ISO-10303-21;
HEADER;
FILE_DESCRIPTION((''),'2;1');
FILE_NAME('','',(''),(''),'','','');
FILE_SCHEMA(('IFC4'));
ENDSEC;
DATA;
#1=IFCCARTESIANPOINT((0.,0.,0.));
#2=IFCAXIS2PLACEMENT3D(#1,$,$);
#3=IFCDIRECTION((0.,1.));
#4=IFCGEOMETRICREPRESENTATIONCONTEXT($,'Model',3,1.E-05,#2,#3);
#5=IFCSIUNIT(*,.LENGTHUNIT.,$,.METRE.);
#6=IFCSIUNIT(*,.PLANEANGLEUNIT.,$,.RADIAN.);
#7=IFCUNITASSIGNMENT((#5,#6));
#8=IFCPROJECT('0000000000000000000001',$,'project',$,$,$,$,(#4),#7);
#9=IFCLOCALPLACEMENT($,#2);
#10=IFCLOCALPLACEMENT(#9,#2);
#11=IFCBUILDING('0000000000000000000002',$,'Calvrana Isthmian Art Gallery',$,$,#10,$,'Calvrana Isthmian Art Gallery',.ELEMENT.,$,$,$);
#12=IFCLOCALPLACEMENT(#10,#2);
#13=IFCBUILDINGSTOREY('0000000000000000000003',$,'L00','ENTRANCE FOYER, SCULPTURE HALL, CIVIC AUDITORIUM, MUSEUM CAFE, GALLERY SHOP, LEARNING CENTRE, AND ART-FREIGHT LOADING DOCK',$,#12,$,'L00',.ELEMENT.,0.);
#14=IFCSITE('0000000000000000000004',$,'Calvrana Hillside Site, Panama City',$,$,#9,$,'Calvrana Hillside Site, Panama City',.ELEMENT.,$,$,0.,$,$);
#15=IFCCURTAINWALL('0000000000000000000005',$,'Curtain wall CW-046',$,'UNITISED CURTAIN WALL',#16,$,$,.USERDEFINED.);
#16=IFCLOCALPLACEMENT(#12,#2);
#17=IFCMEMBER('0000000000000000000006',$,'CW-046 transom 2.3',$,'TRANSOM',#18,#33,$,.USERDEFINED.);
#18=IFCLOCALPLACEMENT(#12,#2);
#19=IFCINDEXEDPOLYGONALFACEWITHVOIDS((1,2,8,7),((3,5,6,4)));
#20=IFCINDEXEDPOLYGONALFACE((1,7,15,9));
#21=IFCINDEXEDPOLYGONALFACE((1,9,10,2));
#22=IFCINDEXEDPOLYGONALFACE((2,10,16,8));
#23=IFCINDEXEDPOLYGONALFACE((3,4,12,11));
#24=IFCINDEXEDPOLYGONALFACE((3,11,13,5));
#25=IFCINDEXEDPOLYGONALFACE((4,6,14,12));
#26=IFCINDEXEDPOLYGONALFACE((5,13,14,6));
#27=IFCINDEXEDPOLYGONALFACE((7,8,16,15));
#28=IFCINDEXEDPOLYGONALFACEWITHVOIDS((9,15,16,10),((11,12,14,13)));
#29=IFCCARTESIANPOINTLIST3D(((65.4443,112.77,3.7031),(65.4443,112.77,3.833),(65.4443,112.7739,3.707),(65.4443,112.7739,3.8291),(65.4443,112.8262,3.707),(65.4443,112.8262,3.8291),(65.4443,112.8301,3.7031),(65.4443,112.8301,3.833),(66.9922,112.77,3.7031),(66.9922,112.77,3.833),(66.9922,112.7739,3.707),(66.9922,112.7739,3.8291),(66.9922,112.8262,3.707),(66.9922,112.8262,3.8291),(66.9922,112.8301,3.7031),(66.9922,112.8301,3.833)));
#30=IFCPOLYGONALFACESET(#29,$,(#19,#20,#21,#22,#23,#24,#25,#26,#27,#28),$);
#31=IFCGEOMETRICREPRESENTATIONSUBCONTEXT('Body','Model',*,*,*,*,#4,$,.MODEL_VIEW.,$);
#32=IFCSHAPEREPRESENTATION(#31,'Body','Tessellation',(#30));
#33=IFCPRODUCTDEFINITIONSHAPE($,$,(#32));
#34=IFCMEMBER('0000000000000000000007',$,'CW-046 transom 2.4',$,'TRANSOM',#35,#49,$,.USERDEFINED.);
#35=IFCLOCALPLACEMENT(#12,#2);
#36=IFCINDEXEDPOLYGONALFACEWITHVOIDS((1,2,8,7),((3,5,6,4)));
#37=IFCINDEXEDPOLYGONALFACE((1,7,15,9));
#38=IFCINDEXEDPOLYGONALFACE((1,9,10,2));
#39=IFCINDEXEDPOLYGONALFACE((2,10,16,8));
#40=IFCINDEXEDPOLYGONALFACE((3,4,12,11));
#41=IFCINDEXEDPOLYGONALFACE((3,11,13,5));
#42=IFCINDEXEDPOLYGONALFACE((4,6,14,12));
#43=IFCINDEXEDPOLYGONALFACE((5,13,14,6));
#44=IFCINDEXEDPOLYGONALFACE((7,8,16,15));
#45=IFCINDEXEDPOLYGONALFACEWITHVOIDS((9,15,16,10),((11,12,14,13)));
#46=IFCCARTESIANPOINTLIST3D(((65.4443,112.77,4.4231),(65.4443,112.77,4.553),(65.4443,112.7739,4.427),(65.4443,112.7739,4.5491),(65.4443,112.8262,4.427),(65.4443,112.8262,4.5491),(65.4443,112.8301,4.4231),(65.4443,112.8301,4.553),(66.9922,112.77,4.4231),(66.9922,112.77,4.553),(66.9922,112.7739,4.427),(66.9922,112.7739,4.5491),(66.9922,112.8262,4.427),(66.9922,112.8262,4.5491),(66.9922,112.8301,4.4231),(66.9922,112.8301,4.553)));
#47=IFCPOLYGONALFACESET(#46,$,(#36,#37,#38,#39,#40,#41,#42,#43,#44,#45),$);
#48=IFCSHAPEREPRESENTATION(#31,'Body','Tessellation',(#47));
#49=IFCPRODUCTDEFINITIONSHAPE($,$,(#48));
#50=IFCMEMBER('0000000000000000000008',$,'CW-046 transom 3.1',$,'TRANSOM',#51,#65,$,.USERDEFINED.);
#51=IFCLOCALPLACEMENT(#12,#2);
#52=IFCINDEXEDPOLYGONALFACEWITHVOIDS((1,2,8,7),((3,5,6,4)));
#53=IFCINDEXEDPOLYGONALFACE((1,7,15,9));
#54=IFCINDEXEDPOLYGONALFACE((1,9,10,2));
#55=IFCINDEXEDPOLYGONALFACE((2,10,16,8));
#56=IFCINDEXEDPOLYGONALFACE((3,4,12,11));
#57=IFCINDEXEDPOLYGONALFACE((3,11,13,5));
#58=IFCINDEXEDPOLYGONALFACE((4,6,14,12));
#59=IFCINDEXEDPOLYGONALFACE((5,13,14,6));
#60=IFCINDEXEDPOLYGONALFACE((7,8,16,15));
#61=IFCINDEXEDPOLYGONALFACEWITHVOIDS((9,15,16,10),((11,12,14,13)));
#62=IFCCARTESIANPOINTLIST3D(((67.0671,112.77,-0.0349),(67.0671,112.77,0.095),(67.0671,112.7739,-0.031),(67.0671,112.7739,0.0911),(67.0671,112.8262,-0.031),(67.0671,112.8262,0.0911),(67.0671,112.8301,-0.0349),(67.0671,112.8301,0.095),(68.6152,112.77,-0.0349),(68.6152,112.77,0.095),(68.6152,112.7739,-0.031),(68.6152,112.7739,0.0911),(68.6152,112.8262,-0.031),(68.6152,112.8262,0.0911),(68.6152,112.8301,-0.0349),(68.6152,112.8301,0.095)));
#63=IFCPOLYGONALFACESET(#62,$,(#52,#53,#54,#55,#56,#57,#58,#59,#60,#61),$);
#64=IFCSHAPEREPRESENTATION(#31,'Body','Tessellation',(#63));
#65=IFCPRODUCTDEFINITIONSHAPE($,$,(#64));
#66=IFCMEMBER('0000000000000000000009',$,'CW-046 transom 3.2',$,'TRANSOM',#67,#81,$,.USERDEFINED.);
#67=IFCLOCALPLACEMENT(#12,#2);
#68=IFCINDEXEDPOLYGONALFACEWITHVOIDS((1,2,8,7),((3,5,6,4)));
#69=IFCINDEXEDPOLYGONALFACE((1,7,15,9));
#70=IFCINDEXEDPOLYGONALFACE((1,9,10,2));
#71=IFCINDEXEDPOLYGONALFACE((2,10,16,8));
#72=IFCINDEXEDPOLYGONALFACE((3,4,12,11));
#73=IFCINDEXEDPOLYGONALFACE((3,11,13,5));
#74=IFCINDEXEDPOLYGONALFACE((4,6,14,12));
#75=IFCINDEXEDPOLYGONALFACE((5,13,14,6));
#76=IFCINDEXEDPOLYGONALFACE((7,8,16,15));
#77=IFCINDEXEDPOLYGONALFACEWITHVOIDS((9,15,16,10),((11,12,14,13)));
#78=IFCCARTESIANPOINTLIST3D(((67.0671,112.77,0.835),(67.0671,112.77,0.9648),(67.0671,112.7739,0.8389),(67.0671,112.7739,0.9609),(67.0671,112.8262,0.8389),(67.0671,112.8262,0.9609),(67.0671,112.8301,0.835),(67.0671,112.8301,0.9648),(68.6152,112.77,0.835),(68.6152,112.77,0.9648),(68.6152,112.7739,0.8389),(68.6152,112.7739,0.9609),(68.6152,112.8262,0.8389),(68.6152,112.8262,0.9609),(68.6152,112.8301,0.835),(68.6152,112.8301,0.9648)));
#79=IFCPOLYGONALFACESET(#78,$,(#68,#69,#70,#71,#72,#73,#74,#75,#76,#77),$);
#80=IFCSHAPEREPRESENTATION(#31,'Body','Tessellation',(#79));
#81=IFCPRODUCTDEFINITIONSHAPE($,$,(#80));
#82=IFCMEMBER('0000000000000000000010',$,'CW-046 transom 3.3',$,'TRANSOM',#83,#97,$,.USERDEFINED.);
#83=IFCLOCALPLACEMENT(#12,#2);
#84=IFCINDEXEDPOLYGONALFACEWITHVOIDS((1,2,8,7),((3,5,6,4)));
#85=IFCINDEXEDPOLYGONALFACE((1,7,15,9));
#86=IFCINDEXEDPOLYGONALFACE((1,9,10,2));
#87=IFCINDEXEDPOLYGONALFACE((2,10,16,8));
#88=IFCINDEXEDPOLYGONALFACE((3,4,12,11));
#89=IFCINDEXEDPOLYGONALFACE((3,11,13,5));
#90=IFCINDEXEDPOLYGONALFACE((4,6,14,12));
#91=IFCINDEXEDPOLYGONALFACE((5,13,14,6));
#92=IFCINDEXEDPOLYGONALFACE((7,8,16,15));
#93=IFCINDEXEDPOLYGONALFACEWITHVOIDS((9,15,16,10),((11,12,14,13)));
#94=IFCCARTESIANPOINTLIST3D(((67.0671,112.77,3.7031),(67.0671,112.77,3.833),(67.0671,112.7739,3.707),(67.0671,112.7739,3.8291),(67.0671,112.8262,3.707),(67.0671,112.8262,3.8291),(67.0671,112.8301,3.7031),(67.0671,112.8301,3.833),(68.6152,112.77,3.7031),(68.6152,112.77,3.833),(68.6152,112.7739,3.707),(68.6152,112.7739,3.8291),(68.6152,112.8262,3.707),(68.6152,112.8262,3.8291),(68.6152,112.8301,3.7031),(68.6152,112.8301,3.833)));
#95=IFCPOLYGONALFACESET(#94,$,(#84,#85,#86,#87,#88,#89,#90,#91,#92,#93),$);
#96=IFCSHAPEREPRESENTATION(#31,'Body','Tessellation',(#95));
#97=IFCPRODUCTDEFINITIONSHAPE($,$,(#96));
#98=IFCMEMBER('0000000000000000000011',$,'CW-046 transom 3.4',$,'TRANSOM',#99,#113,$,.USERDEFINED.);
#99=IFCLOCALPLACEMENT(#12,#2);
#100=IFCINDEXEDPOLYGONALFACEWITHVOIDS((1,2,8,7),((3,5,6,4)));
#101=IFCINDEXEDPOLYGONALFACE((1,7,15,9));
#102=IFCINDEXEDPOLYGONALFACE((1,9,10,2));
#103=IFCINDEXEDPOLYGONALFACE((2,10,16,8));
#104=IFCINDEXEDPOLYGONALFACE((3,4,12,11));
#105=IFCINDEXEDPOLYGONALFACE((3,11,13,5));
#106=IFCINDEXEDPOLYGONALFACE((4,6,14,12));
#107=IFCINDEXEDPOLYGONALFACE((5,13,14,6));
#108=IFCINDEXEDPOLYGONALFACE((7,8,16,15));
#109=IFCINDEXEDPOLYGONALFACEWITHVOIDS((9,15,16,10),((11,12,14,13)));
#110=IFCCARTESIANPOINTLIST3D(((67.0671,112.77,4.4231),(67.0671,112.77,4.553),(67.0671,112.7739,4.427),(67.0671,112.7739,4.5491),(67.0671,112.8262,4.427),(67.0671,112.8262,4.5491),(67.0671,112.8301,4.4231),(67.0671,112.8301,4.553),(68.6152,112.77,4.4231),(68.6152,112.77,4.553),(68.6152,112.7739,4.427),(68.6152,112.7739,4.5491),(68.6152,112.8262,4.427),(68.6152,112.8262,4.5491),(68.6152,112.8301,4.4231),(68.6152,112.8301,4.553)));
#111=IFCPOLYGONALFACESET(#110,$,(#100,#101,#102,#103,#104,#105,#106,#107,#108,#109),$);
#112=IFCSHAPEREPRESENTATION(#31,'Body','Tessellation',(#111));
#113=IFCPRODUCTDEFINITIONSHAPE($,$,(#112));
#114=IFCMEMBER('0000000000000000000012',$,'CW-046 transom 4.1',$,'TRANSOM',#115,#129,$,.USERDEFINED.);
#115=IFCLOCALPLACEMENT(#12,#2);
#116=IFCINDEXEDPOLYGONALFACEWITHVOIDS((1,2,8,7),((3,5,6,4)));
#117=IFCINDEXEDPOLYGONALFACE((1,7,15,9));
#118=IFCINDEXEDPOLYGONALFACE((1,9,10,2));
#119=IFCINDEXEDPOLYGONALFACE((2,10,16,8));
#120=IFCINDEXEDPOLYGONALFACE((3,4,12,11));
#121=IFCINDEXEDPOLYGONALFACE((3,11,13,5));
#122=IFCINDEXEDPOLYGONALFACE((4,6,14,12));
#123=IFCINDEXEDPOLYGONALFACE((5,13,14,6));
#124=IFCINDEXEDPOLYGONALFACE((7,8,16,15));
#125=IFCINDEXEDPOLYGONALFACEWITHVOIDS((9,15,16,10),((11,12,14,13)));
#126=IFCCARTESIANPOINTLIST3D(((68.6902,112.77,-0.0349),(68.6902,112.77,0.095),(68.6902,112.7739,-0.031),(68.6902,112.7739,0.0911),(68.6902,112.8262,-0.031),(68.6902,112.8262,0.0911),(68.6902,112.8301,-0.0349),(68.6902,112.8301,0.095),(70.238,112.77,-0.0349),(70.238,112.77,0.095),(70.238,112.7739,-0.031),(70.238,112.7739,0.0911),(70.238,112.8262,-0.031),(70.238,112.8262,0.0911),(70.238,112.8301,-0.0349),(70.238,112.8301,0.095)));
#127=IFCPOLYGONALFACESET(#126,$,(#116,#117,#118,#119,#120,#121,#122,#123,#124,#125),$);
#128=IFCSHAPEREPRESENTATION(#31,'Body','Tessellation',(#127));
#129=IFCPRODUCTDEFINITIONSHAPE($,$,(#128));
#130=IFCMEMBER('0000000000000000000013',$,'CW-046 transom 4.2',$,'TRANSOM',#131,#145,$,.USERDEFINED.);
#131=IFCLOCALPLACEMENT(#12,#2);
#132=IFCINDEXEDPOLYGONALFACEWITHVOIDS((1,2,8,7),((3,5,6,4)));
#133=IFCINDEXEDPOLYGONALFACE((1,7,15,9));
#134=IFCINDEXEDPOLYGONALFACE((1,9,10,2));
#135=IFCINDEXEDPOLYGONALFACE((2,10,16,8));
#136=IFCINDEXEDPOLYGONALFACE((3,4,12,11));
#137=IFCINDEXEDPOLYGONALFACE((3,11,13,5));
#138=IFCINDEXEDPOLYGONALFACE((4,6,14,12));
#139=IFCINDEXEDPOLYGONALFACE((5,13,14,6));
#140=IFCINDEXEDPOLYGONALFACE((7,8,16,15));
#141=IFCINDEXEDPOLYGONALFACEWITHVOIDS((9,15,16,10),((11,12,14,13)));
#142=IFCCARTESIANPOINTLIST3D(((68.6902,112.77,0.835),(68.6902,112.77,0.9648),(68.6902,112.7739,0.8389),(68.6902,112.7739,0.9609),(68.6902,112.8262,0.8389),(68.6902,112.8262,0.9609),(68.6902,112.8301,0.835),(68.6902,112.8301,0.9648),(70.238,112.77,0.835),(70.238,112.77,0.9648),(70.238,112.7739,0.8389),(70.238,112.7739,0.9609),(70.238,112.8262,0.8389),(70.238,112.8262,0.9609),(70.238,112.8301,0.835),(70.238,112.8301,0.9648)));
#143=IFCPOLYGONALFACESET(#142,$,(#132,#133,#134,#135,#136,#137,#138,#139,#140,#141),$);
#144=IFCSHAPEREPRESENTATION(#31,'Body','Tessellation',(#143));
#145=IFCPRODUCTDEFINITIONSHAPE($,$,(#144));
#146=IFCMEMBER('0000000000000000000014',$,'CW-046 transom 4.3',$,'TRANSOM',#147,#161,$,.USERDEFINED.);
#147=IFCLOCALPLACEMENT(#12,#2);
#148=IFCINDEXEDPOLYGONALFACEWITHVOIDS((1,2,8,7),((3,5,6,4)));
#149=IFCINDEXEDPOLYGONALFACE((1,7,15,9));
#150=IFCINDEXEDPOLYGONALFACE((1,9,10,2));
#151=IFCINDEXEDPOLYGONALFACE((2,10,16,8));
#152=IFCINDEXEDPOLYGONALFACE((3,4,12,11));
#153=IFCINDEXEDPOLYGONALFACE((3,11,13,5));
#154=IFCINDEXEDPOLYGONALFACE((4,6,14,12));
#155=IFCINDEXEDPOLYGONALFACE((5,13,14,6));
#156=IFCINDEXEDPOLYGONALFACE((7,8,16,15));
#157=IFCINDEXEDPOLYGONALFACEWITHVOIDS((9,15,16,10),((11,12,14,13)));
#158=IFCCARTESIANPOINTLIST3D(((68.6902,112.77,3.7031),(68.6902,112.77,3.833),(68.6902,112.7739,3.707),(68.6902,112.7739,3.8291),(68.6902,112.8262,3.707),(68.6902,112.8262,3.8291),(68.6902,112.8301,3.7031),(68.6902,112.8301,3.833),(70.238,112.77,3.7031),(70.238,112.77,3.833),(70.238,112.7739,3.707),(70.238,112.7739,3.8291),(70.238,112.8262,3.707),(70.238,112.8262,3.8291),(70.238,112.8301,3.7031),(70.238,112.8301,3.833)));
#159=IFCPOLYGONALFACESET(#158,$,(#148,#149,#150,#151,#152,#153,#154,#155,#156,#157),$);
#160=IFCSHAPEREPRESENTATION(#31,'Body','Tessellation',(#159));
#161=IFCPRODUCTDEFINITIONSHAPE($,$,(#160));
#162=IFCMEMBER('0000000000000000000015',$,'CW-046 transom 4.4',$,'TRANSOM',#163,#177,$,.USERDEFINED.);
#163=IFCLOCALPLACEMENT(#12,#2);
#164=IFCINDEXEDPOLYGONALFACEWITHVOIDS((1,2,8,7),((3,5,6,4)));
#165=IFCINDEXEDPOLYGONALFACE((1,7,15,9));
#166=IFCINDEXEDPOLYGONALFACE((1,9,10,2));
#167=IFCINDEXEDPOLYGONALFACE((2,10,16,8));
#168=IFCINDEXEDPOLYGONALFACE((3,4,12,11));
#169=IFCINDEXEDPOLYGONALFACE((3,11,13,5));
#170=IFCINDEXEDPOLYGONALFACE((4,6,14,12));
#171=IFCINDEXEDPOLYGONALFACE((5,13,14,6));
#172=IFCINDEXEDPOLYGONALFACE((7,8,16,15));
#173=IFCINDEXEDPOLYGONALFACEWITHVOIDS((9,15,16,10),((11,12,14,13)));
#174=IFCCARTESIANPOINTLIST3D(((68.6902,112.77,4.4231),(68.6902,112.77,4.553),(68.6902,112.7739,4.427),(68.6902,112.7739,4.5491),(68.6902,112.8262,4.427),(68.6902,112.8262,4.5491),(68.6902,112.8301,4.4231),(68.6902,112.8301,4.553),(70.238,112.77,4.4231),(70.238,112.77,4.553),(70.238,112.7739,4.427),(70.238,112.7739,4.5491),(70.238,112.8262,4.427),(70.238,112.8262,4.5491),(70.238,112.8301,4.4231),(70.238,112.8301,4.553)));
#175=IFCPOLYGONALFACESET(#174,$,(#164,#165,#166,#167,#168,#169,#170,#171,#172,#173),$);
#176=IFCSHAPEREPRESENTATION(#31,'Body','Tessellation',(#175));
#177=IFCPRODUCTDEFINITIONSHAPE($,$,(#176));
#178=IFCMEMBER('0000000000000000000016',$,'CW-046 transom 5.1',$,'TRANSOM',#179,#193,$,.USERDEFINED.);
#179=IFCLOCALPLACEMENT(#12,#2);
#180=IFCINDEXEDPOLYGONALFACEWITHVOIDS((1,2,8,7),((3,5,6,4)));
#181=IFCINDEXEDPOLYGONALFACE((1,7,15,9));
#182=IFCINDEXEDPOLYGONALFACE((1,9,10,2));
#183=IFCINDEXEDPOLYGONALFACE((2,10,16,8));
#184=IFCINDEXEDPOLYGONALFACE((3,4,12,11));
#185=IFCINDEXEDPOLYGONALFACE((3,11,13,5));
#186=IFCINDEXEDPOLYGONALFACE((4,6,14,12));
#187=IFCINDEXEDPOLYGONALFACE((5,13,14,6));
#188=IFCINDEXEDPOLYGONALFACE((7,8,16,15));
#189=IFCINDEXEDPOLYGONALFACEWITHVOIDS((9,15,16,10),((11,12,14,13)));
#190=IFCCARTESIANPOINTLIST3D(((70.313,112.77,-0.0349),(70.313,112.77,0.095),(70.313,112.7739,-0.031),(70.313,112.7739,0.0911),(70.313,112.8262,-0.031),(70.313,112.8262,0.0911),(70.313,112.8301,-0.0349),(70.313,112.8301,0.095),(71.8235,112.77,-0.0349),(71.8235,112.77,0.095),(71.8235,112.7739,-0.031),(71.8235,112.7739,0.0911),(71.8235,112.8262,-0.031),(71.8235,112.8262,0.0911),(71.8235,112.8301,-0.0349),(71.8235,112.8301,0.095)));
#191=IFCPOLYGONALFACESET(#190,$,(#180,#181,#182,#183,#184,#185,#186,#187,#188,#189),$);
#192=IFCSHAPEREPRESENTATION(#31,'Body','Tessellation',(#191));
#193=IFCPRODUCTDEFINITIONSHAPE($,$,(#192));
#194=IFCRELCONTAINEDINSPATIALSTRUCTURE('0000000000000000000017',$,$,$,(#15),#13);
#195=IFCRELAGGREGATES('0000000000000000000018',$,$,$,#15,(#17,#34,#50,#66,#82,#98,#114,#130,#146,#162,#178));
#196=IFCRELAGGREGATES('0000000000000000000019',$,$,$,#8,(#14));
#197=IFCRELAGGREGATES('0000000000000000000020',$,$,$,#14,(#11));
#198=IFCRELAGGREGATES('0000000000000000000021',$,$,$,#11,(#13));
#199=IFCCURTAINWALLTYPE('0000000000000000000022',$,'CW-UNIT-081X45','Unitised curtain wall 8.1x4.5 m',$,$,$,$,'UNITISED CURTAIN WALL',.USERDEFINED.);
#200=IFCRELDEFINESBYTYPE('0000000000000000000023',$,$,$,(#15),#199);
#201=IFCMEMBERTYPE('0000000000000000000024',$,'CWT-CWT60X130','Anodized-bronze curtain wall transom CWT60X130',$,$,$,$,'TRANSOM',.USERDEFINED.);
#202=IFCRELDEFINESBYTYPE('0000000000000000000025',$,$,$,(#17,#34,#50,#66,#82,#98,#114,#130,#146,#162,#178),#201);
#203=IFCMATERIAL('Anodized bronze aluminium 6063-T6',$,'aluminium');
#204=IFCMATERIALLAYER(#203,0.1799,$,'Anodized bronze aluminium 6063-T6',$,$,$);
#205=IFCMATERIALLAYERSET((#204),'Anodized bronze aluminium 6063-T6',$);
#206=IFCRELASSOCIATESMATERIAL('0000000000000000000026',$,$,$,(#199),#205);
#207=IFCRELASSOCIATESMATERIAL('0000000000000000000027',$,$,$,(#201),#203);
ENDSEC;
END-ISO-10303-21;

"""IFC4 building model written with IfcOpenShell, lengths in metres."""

from ifc_helpers import new_model, si_unit, direction, frame, origin, origin_2d, place, context, subcontext, project, spatial, hollow_rectangle, extrude, material, layer, layer_set, material_profile, profile_set, type_object, element, aggregate, save


model = new_model("IFC4")

# Units and contexts
model_context = context("Model", 3, precision=1e-05, world=origin(), true_north=direction((0.0, 1.0)))
body_context = subcontext(model_context, "Body", "Model", "MODEL_VIEW")
ifc_project = project(units=[si_unit("LENGTHUNIT", "METRE"), si_unit("PLANEANGLEUNIT", "RADIAN")], contexts=[model_context])

# Site, building, storey
site_placement = place(None, origin())
site = spatial("IfcSite", under=ifc_project, at=site_placement, Name="Calvrana Hillside Site, Panama City", LongName="Calvrana Hillside Site, Panama City", CompositionType="ELEMENT", RefElevation=0.0)
building_placement = place(site_placement, origin())
building = spatial("IfcBuilding", under=site, at=building_placement, Name="Calvrana Isthmian Art Gallery", LongName="Calvrana Isthmian Art Gallery", CompositionType="ELEMENT")
storey_placement = place(building_placement, origin())
storey = spatial("IfcBuildingStorey", under=building, at=storey_placement, Name="L00", Description="ENTRANCE FOYER, SCULPTURE HALL, CIVIC AUDITORIUM, MUSEUM CAFE, GALLERY SHOP, LEARNING CENTRE, AND ART-FREIGHT LOADING DOCK", LongName="L00", CompositionType="ELEMENT", Elevation=0.0)

# Curtain wall, members
ifc_material_1 = material(Name="Anodized bronze aluminium 6063-T6", Category="aluminium")
ifc_layer_1 = layer(ifc_material_1, 0.1799, Name="Anodized bronze aluminium 6063-T6")
ifc_layer_set_1 = layer_set([ifc_layer_1], Name="Anodized bronze aluminium 6063-T6")
curtain_wall_type = type_object("IfcCurtainWallType", Name="CW-UNIT-081X45", Description="Unitised curtain wall 8.1x4.5 m", ElementType="UNITISED CURTAIN WALL", PredefinedType="USERDEFINED", material=ifc_layer_set_1)
curtain_wall_placement = place(storey_placement, origin())
curtain_wall = element("IfcCurtainWall", 1, at=curtain_wall_placement, inside=storey, type_object=curtain_wall_type, Name="Curtain wall CW-046", ObjectType="UNITISED CURTAIN WALL", PredefinedType="USERDEFINED")
ifc_material_profile_1 = material_profile(ifc_material_1, hollow_rectangle(XDim=0.0601, YDim=0.1299, WallThickness=0.0039, at=origin_2d()), Name="CWT60X130")
ifc_profile_set_1 = profile_set([ifc_material_profile_1], Name="Anodized bronze aluminium 6063-T6")
member_type_1 = type_object("IfcMemberType", Name="CWT-CWT60X130", Description="Anodized-bronze curtain wall transom CWT60X130", ElementType="TRANSOM", PredefinedType="USERDEFINED", material=ifc_profile_set_1)
member_1_placement = place(storey_placement, frame((65.4443, 112.8, 3.7681), z_axis=(1.0, 0.0, 0.0), x_axis=(0.0, 1.0, 0.0)))
member_1 = element("IfcMember", 2, at=member_1_placement, type_object=member_type_1, Name="CW-046 transom 2.3", ObjectType="TRANSOM", PredefinedType="USERDEFINED", context=body_context, shape_type="SweptSolid", body=[
    extrude(hollow_rectangle(XDim=0.0601, YDim=0.1299, WallThickness=0.0039, at=origin_2d()), origin(), (0.0, 0.0, 1.0), 1.5479),
])
member_2_placement = place(storey_placement, frame((65.4443, 112.8, 4.488), z_axis=(1.0, 0.0, 0.0), x_axis=(0.0, 1.0, 0.0)))
member_2 = element("IfcMember", 3, at=member_2_placement, type_object=member_type_1, Name="CW-046 transom 2.4", ObjectType="TRANSOM", PredefinedType="USERDEFINED", context=body_context, shape_type="SweptSolid", body=[
    extrude(hollow_rectangle(XDim=0.0601, YDim=0.1299, WallThickness=0.0039, at=origin_2d()), origin(), (0.0, 0.0, 1.0), 1.5479),
])
member_3_placement = place(storey_placement, frame((67.0671, 112.8, 0.03), z_axis=(1.0, 0.0, 0.0), x_axis=(0.0, 1.0, 0.0)))
member_3 = element("IfcMember", 4, at=member_3_placement, type_object=member_type_1, Name="CW-046 transom 3.1", ObjectType="TRANSOM", PredefinedType="USERDEFINED", context=body_context, shape_type="SweptSolid", body=[
    extrude(hollow_rectangle(XDim=0.0601, YDim=0.1299, WallThickness=0.0039, at=origin_2d()), origin(), (0.0, 0.0, 1.0), 1.5481),
])
member_4_placement = place(storey_placement, frame((67.0671, 112.8, 0.8999), z_axis=(1.0, 0.0, 0.0), x_axis=(0.0, 1.0, 0.0)))
member_4 = element("IfcMember", 5, at=member_4_placement, type_object=member_type_1, Name="CW-046 transom 3.2", ObjectType="TRANSOM", PredefinedType="USERDEFINED", context=body_context, shape_type="SweptSolid", body=[
    extrude(hollow_rectangle(XDim=0.0601, YDim=0.1299, WallThickness=0.0039, at=origin_2d()), origin(), (0.0, 0.0, 1.0), 1.5481),
])
member_5_placement = place(storey_placement, frame((67.0671, 112.8, 3.7681), z_axis=(1.0, 0.0, 0.0), x_axis=(0.0, 1.0, 0.0)))
member_5 = element("IfcMember", 6, at=member_5_placement, type_object=member_type_1, Name="CW-046 transom 3.3", ObjectType="TRANSOM", PredefinedType="USERDEFINED", context=body_context, shape_type="SweptSolid", body=[
    extrude(hollow_rectangle(XDim=0.0601, YDim=0.1299, WallThickness=0.0039, at=origin_2d()), origin(), (0.0, 0.0, 1.0), 1.5481),
])
member_6_placement = place(storey_placement, frame((67.0671, 112.8, 4.488), z_axis=(1.0, 0.0, 0.0), x_axis=(0.0, 1.0, 0.0)))
member_6 = element("IfcMember", 7, at=member_6_placement, type_object=member_type_1, Name="CW-046 transom 3.4", ObjectType="TRANSOM", PredefinedType="USERDEFINED", context=body_context, shape_type="SweptSolid", body=[
    extrude(hollow_rectangle(XDim=0.0601, YDim=0.1299, WallThickness=0.0039, at=origin_2d()), origin(), (0.0, 0.0, 1.0), 1.5481),
])
member_7_placement = place(storey_placement, frame((68.6902, 112.8, 0.03), z_axis=(1.0, 0.0, 0.0), x_axis=(0.0, 1.0, 0.0)))
member_7 = element("IfcMember", 8, at=member_7_placement, type_object=member_type_1, Name="CW-046 transom 4.1", ObjectType="TRANSOM", PredefinedType="USERDEFINED", context=body_context, shape_type="SweptSolid", body=[
    extrude(hollow_rectangle(XDim=0.0601, YDim=0.1299, WallThickness=0.0039, at=origin_2d()), origin(), (0.0, 0.0, 1.0), 1.5479),
])
member_8_placement = place(storey_placement, frame((68.6902, 112.8, 0.8999), z_axis=(1.0, 0.0, 0.0), x_axis=(0.0, 1.0, 0.0)))
member_8 = element("IfcMember", 9, at=member_8_placement, type_object=member_type_1, Name="CW-046 transom 4.2", ObjectType="TRANSOM", PredefinedType="USERDEFINED", context=body_context, shape_type="SweptSolid", body=[
    extrude(hollow_rectangle(XDim=0.0601, YDim=0.1299, WallThickness=0.0039, at=origin_2d()), origin(), (0.0, 0.0, 1.0), 1.5479),
])
member_9_placement = place(storey_placement, frame((68.6902, 112.8, 3.7681), z_axis=(1.0, 0.0, 0.0), x_axis=(0.0, 1.0, 0.0)))
member_9 = element("IfcMember", 10, at=member_9_placement, type_object=member_type_1, Name="CW-046 transom 4.3", ObjectType="TRANSOM", PredefinedType="USERDEFINED", context=body_context, shape_type="SweptSolid", body=[
    extrude(hollow_rectangle(XDim=0.0601, YDim=0.1299, WallThickness=0.0039, at=origin_2d()), origin(), (0.0, 0.0, 1.0), 1.5479),
])
member_10_placement = place(storey_placement, frame((68.6902, 112.8, 4.488), z_axis=(1.0, 0.0, 0.0), x_axis=(0.0, 1.0, 0.0)))
member_10 = element("IfcMember", 11, at=member_10_placement, type_object=member_type_1, Name="CW-046 transom 4.4", ObjectType="TRANSOM", PredefinedType="USERDEFINED", context=body_context, shape_type="SweptSolid", body=[
    extrude(hollow_rectangle(XDim=0.0601, YDim=0.1299, WallThickness=0.0039, at=origin_2d()), origin(), (0.0, 0.0, 1.0), 1.5479),
])
member_11_placement = place(storey_placement, frame((70.313, 112.8, 0.03), z_axis=(1.0, 0.0, 0.0), x_axis=(0.0, 1.0, 0.0)))
member_11 = element("IfcMember", 12, at=member_11_placement, type_object=member_type_1, Name="CW-046 transom 5.1", ObjectType="TRANSOM", PredefinedType="USERDEFINED", context=body_context, shape_type="SweptSolid", body=[
    extrude(hollow_rectangle(XDim=0.0601, YDim=0.1299, WallThickness=0.0039, at=origin_2d()), origin(), (0.0, 0.0, 1.0), 1.5105),
])
aggregate(curtain_wall, [member_1, member_2, member_3, member_4, member_5, member_6, member_7, member_8, member_9, member_10, member_11])

save(model, "model.ifc")
